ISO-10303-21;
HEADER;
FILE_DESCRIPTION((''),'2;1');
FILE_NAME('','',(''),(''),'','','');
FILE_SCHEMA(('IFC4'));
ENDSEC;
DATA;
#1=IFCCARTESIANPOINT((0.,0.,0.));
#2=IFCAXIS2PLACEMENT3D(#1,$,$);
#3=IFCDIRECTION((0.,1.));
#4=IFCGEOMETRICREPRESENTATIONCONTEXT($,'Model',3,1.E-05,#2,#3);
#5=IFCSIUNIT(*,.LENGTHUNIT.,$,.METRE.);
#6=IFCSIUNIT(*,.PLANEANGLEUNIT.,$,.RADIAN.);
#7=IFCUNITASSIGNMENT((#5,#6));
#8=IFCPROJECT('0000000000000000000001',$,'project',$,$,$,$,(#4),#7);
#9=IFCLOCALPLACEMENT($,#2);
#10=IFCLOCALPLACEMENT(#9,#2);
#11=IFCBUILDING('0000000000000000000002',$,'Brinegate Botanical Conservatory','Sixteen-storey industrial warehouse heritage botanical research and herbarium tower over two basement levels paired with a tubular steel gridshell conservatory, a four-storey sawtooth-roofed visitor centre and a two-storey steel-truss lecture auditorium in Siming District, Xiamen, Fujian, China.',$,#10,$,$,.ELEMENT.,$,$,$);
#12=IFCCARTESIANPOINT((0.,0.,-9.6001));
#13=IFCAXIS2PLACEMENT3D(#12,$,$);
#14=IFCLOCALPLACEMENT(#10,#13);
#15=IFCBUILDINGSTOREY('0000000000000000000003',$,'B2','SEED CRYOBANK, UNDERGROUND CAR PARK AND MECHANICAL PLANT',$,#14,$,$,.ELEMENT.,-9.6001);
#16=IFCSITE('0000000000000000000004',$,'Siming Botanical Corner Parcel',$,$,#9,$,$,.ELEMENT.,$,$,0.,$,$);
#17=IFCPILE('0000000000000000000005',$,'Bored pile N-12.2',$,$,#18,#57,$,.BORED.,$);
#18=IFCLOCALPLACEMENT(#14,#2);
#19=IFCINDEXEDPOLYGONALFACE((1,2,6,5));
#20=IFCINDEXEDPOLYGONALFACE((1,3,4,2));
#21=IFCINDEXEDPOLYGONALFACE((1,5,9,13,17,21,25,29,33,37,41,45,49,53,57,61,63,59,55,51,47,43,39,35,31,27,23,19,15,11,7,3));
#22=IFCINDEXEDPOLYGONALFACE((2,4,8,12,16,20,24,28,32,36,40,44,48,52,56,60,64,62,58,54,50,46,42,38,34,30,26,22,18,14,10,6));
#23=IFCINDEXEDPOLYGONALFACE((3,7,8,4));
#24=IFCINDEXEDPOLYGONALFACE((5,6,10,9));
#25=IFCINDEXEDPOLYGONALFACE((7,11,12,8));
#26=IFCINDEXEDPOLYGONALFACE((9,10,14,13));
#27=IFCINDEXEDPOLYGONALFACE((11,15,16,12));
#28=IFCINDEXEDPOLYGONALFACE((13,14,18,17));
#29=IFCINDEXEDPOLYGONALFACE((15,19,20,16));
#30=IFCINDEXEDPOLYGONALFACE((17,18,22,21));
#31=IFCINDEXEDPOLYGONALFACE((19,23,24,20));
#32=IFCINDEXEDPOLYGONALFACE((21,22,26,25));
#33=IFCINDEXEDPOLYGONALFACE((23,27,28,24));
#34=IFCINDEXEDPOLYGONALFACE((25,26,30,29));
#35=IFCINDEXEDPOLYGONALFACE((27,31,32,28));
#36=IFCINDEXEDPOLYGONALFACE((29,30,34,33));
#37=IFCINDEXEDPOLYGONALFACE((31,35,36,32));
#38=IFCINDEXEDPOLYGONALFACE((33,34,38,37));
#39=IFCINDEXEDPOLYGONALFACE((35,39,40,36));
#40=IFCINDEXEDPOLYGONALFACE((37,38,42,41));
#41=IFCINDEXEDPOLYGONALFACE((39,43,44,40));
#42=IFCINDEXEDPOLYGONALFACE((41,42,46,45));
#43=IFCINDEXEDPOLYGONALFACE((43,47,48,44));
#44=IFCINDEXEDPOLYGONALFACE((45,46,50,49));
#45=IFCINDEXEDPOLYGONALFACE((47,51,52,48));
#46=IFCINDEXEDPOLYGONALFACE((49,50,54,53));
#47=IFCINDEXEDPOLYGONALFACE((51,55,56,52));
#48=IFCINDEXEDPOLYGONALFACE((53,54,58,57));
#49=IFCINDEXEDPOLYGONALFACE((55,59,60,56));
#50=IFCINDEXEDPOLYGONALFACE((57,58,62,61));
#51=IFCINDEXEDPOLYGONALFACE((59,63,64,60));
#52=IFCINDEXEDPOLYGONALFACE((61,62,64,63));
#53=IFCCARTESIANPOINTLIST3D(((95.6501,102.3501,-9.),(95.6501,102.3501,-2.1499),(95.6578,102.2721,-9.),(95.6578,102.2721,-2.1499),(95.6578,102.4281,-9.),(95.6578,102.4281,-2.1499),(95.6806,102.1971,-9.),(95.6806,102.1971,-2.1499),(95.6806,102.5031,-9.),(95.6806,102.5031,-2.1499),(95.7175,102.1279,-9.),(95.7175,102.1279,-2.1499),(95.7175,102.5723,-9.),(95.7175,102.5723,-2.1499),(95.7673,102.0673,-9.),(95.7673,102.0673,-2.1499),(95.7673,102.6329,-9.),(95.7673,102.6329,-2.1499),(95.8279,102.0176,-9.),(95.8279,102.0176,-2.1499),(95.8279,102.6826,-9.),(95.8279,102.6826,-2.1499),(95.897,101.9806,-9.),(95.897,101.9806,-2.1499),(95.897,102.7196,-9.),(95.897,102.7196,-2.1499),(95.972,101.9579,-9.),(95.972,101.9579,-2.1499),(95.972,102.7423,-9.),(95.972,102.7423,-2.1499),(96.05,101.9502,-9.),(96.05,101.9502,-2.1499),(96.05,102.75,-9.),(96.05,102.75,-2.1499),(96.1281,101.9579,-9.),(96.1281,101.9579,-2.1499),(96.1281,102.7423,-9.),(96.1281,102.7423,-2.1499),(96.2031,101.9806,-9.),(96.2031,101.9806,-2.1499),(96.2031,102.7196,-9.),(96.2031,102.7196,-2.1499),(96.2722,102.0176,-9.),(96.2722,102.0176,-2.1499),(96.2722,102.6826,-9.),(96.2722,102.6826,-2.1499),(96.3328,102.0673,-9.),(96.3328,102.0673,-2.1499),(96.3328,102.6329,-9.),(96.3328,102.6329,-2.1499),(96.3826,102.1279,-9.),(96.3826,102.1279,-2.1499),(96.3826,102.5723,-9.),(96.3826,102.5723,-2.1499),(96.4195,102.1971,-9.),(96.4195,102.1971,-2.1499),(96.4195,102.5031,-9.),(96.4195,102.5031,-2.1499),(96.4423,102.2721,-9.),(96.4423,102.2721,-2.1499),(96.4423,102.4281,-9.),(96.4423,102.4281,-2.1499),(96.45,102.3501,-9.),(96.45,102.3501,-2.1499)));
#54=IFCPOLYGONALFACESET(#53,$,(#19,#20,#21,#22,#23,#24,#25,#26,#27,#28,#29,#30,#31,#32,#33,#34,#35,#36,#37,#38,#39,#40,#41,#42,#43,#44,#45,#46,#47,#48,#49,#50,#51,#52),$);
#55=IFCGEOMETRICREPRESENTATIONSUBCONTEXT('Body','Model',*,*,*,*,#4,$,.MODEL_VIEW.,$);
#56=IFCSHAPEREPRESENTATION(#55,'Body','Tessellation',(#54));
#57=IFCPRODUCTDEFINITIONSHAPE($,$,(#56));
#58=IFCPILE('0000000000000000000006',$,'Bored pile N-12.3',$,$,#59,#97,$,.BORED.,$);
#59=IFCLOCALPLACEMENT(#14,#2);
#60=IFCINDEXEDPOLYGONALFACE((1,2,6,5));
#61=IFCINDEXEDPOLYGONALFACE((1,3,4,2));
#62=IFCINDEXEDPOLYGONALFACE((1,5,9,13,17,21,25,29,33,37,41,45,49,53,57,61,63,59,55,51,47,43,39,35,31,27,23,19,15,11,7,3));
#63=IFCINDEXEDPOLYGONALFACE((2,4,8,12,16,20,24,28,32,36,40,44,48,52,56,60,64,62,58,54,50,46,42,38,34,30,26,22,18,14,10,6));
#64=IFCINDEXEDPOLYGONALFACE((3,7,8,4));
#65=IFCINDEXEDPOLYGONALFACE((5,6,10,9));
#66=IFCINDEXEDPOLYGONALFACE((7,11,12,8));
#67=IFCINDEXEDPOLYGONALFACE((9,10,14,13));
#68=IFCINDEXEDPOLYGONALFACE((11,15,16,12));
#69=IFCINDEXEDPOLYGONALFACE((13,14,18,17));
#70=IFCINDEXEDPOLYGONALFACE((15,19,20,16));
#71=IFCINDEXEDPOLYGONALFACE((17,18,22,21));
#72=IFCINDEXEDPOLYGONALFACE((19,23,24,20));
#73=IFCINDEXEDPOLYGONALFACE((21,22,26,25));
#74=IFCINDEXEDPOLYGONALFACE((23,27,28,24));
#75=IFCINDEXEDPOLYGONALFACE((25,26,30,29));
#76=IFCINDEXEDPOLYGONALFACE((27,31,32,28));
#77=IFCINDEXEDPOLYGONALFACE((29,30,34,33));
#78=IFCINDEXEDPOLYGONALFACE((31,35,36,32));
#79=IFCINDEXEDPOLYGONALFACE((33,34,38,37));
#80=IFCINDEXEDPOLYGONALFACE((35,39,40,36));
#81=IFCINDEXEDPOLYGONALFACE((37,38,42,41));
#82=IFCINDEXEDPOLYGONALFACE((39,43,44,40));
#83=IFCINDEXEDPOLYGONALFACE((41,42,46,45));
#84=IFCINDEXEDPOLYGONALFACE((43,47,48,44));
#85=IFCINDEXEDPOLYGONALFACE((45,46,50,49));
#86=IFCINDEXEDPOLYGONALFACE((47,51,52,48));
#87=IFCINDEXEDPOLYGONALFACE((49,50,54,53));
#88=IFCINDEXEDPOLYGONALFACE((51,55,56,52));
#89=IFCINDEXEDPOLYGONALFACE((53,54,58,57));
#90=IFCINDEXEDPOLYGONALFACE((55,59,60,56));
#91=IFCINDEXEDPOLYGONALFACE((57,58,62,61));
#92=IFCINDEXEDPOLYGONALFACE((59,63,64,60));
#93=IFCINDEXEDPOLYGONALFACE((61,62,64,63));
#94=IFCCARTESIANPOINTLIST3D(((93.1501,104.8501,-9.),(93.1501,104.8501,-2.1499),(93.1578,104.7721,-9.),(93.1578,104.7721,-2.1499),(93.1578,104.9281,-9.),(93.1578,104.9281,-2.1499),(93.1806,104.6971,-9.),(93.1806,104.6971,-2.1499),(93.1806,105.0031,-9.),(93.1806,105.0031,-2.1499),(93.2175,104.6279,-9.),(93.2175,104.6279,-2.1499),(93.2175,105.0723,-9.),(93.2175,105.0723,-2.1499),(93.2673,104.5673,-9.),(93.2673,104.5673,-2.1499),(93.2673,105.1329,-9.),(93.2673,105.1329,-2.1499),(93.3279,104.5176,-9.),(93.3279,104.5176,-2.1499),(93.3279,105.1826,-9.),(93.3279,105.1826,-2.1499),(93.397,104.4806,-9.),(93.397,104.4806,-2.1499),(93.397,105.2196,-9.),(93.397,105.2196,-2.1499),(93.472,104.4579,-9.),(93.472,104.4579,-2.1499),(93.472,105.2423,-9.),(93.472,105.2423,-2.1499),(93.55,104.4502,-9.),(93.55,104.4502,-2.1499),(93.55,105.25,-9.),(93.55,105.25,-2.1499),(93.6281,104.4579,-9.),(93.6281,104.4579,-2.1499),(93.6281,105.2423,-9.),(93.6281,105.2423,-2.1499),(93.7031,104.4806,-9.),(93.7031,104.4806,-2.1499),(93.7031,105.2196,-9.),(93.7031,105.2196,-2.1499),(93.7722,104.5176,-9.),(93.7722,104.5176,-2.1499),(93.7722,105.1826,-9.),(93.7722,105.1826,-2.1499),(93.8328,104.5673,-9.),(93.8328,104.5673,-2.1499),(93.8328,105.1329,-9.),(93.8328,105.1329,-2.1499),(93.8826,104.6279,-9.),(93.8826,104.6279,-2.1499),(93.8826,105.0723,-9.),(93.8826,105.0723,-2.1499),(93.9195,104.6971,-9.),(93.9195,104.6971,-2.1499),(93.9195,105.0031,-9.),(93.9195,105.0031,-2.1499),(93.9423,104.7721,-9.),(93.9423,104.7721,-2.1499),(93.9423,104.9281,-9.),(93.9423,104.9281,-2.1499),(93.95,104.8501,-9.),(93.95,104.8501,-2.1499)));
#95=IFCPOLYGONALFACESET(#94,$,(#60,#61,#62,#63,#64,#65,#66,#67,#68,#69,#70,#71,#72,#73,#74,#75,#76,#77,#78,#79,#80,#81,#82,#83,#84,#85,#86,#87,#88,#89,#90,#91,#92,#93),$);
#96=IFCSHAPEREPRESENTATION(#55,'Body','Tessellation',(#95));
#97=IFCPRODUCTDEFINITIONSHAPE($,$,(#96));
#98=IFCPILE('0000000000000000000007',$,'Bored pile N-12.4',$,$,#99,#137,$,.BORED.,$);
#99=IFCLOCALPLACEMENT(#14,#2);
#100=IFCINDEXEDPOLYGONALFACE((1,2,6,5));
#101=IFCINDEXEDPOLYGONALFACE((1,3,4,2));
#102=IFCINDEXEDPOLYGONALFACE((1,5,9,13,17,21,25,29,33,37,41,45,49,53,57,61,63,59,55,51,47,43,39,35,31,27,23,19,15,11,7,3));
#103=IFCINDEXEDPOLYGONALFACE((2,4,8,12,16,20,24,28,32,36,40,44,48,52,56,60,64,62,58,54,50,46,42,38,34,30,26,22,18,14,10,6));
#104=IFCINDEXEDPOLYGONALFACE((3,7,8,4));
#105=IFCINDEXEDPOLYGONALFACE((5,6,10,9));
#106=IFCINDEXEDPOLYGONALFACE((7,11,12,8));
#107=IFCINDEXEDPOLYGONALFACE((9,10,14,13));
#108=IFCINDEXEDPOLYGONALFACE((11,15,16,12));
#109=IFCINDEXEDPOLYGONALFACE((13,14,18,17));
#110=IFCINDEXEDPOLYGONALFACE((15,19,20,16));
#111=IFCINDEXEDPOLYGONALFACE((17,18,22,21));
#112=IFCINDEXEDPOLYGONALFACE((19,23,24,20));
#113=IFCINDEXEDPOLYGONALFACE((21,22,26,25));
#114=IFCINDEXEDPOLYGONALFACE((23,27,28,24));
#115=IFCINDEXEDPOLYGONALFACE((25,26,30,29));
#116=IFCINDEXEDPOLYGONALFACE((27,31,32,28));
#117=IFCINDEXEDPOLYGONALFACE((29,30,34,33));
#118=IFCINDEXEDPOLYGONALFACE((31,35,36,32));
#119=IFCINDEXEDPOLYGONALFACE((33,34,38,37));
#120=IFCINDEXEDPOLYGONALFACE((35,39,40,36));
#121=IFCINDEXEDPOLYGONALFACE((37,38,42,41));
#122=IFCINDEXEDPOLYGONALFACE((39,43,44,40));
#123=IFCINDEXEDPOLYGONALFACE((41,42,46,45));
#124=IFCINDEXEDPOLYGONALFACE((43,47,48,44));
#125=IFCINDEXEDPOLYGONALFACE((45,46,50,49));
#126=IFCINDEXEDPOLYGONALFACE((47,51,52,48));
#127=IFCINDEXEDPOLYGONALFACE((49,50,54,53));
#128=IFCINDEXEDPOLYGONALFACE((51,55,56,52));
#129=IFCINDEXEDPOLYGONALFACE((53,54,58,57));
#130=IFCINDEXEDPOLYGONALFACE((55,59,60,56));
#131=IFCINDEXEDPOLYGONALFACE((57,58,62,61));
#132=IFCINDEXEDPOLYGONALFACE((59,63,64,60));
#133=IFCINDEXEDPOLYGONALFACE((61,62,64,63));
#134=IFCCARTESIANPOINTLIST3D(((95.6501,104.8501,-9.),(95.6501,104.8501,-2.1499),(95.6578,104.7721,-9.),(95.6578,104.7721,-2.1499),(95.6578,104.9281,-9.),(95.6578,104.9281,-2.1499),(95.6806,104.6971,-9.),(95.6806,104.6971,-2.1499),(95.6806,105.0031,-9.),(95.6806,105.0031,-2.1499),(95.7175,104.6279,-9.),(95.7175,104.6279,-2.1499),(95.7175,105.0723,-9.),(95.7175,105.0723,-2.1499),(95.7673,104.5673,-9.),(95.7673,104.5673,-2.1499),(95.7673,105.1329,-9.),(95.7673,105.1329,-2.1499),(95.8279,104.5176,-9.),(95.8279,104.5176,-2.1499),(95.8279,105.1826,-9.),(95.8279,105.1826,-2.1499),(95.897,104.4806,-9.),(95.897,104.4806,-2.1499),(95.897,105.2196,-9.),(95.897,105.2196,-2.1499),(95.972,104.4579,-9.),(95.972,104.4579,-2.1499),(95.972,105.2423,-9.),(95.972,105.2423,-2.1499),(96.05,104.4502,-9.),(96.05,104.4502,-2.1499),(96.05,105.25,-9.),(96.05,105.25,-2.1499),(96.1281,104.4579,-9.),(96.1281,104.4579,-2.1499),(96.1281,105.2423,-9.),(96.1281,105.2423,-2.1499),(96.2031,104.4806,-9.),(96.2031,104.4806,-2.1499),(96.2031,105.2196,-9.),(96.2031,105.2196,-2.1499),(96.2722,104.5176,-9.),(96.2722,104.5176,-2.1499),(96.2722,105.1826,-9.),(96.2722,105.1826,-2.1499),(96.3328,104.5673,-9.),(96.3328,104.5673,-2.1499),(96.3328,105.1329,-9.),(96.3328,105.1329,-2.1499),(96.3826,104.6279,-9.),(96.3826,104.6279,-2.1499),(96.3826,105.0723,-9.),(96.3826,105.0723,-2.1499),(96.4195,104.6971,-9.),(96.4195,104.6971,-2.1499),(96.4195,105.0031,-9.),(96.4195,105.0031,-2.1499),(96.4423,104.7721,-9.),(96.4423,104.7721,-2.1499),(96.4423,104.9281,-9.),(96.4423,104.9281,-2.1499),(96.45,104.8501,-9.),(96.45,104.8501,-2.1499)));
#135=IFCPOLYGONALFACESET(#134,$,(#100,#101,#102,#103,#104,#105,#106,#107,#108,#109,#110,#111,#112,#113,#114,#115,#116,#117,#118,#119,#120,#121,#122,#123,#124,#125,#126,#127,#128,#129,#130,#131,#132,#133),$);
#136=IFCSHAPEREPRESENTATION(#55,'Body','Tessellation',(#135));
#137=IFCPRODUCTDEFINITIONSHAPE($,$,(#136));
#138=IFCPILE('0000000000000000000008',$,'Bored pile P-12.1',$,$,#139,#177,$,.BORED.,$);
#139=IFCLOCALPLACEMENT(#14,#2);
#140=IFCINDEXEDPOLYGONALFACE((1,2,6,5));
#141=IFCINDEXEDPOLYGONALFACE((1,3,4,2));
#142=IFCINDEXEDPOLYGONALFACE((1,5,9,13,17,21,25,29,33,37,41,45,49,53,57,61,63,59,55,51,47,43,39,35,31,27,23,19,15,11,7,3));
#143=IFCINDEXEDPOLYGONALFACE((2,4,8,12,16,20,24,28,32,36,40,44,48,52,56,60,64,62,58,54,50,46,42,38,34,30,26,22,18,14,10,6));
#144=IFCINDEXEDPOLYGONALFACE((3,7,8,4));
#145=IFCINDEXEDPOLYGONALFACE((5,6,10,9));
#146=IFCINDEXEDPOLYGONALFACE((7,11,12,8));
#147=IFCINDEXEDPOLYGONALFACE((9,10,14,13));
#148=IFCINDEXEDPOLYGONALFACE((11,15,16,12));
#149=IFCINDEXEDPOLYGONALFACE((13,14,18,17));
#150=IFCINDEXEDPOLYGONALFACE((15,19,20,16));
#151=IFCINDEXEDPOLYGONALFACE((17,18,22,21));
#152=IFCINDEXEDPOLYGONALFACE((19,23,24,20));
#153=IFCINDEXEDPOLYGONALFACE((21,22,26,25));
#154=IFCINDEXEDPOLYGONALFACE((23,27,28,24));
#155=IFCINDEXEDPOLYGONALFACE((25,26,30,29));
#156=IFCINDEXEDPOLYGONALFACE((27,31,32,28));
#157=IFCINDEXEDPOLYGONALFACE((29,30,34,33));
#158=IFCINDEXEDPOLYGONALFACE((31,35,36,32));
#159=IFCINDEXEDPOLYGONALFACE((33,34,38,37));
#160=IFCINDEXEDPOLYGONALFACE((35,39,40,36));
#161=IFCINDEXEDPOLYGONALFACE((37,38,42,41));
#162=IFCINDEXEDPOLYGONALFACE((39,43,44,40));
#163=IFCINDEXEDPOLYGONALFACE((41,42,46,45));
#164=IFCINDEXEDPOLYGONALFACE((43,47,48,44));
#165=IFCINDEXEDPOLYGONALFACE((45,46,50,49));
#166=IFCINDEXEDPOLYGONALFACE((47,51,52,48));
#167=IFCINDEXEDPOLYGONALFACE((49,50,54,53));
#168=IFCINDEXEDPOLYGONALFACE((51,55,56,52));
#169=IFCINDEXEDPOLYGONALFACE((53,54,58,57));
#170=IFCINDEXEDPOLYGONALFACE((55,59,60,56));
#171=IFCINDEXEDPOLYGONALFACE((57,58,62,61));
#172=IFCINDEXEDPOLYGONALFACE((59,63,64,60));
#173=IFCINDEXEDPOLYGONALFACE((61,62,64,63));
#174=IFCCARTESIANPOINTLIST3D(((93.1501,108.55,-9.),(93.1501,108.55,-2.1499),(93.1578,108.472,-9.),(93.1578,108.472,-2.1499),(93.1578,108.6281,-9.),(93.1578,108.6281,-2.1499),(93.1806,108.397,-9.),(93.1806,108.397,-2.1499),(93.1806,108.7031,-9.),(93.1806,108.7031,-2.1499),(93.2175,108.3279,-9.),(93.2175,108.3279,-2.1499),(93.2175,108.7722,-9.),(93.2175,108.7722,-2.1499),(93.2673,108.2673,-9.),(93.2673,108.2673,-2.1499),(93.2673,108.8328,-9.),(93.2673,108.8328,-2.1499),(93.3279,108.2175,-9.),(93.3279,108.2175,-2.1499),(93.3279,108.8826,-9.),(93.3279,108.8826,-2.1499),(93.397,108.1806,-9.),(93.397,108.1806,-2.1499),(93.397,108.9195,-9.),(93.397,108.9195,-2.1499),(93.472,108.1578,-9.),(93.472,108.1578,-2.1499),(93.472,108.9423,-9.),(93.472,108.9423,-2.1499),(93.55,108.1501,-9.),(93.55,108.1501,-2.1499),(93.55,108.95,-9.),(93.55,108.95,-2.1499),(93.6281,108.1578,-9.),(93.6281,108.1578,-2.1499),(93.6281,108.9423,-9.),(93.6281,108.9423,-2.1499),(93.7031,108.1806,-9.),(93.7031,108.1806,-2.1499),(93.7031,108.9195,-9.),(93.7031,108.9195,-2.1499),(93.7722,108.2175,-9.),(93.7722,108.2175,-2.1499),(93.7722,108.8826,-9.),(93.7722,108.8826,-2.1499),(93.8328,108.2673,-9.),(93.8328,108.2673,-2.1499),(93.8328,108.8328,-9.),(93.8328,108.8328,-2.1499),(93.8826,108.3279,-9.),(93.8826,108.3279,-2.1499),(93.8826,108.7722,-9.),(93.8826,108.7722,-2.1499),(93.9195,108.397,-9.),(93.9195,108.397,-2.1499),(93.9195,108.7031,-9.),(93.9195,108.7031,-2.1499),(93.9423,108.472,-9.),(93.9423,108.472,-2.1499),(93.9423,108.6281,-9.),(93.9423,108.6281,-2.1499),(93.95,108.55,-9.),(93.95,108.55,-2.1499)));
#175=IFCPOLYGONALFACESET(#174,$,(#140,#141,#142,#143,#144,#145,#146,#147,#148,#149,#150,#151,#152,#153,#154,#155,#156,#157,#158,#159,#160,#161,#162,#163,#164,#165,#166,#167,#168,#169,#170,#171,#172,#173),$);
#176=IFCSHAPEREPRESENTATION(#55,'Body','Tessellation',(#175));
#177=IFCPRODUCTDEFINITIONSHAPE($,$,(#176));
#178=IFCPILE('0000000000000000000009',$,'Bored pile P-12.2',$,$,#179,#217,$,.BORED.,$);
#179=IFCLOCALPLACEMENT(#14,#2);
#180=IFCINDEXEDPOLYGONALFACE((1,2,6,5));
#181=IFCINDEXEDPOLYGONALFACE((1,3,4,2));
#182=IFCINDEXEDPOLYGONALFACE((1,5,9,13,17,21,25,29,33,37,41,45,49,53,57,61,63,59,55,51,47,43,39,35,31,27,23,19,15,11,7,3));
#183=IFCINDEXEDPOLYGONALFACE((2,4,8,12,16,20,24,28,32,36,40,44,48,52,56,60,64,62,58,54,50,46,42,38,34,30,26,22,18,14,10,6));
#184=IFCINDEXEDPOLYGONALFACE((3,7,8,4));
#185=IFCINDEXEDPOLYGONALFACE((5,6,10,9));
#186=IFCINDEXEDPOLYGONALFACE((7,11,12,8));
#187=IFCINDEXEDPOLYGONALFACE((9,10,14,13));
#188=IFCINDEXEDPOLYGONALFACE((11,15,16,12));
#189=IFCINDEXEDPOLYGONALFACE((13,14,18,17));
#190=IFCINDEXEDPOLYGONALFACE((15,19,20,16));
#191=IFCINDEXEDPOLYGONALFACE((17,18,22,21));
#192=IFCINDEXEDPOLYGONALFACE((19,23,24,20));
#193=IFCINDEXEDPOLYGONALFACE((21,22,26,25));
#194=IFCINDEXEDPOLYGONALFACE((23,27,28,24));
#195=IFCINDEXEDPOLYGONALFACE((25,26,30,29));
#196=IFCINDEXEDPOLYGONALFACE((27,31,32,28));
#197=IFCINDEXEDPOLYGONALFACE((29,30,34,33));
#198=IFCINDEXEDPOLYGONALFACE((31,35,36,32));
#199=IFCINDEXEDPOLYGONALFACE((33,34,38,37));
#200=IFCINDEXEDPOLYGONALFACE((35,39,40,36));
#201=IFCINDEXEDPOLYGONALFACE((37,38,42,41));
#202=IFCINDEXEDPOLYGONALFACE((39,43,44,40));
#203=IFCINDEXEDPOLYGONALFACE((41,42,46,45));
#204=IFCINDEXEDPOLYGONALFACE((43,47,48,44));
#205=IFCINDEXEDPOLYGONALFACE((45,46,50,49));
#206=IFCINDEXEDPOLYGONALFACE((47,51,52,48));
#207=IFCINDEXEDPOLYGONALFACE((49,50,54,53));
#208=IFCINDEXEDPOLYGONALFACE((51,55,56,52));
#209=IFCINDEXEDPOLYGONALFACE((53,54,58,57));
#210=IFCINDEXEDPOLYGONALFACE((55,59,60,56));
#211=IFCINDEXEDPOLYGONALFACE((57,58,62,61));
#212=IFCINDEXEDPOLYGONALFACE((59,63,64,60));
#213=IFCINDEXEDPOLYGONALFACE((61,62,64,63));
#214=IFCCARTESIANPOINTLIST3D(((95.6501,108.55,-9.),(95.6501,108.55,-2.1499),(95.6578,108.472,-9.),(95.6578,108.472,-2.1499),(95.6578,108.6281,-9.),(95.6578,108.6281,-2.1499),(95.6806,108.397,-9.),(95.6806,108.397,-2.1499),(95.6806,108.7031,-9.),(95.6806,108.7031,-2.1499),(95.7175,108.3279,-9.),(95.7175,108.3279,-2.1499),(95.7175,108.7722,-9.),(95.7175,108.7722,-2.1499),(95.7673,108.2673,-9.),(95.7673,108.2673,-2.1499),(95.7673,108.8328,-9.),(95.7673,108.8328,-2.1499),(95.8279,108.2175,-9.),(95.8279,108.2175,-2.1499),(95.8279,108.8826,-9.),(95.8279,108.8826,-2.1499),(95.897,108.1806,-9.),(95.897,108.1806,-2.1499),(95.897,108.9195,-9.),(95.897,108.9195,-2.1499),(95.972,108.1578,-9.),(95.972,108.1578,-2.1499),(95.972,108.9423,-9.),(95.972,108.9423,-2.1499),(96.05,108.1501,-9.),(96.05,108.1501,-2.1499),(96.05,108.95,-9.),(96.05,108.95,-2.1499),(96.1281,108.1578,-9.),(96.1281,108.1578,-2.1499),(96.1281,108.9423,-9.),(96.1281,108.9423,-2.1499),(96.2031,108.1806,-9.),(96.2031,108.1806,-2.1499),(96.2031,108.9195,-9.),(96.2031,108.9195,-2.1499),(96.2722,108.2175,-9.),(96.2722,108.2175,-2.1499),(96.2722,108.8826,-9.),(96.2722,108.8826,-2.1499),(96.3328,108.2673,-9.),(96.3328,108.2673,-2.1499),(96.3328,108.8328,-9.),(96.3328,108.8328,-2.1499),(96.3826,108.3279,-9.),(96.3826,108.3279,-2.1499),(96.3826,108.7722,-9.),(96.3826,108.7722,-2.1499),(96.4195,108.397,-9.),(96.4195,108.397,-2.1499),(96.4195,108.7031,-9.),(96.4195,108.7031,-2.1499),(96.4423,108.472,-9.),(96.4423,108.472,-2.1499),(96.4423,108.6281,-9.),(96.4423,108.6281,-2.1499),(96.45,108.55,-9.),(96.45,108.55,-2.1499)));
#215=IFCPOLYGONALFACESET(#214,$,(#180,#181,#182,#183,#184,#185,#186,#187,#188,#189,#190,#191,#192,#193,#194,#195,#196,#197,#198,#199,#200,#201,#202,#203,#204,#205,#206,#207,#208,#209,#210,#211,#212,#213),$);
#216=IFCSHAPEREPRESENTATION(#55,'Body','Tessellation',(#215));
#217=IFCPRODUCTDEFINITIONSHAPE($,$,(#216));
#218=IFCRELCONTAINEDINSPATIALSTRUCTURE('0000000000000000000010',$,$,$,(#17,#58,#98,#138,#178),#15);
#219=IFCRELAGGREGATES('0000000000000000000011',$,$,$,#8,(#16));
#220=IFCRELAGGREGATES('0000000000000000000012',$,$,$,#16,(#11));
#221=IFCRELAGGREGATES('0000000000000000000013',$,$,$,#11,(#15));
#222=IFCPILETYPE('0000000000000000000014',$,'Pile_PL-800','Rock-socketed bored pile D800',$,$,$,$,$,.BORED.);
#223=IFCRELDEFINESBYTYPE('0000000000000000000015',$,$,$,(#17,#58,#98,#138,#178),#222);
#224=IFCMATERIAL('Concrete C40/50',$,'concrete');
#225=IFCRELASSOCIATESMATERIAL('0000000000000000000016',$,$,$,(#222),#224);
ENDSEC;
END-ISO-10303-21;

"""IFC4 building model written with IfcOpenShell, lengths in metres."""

from ifc_helpers import new_model, si_unit, direction, frame, origin, origin_2d, place, context, subcontext, project, spatial, circle, extrude, material, material_profile, profile_set, type_object, element, save


model = new_model("IFC4")

# Units and contexts
model_context = context("Model", 3, precision=1e-05, world=origin(), true_north=direction((0.0, 1.0)))
body_context = subcontext(model_context, "Body", "Model", "MODEL_VIEW")
ifc_project = project(units=[si_unit("LENGTHUNIT", "METRE"), si_unit("PLANEANGLEUNIT", "RADIAN")], contexts=[model_context])

# Site, building, storey
site_placement = place(None, origin())
site = spatial("IfcSite", under=ifc_project, at=site_placement, Name="Siming Botanical Corner Parcel", CompositionType="ELEMENT", RefElevation=0.0)
building_placement = place(site_placement, origin())
building = spatial("IfcBuilding", under=site, at=building_placement, Name="Brinegate Botanical Conservatory", Description="Sixteen-storey industrial warehouse heritage botanical research and herbarium tower over two basement levels paired with a tubular steel gridshell conservatory, a four-storey sawtooth-roofed visitor centre and a two-storey steel-truss lecture auditorium in Siming District, Xiamen, Fujian, China.", CompositionType="ELEMENT")
storey_placement = place(building_placement, frame((0.0, 0.0, -9.6001)))
storey = spatial("IfcBuildingStorey", under=building, at=storey_placement, Name="B2", Description="SEED CRYOBANK, UNDERGROUND CAR PARK AND MECHANICAL PLANT", CompositionType="ELEMENT", Elevation=-9.6001)

# Shared definitions
ifc_material = material(Name="Concrete C40/50", Category="concrete")

# Piles
ifc_material_profile_1 = material_profile(ifc_material, circle(Radius=0.3999, at=origin_2d()), Name="PILE D800")
ifc_profile_set_1 = profile_set([ifc_material_profile_1], Name="Concrete C40/50")
pile_type = type_object("IfcPileType", Name="Pile_PL-800", Description="Rock-socketed bored pile D800", PredefinedType="BORED", material=ifc_profile_set_1)
for number, where, z_axis, x_axis, name in (
    (1, (96.05, 102.3501, -2.1499), (0.0, 0.0, -1.0), (1.0, 0.0, 0.0), "Bored pile N-12.2"),
    (2, (93.55, 104.8501, -2.1499), (0.0, 0.0, -1.0), (1.0, 0.0, 0.0), "Bored pile N-12.3"),
    (3, (96.05, 104.8501, -2.1499), (0.0, 0.0, -1.0), (1.0, 0.0, 0.0), "Bored pile N-12.4"),
    (4, (93.55, 108.55, -2.1499), (0.0, 0.0, -1.0), (1.0, 0.0, 0.0), "Bored pile P-12.1"),
    (5, (96.05, 108.55, -2.1499), (0.0, 0.0, -1.0), (1.0, 0.0, 0.0), "Bored pile P-12.2"),
):
    element("IfcPile", number, at=place(storey_placement, frame(where, z_axis=z_axis, x_axis=x_axis)), inside=storey, type_object=pile_type, Name=name, PredefinedType="BORED", context=body_context, shape_type="SweptSolid", body=[
        extrude(circle(Radius=0.3999, at=origin_2d()), origin(), (0.0, 0.0, 1.0), 6.8501),
    ])

save(model, "model.ifc")
